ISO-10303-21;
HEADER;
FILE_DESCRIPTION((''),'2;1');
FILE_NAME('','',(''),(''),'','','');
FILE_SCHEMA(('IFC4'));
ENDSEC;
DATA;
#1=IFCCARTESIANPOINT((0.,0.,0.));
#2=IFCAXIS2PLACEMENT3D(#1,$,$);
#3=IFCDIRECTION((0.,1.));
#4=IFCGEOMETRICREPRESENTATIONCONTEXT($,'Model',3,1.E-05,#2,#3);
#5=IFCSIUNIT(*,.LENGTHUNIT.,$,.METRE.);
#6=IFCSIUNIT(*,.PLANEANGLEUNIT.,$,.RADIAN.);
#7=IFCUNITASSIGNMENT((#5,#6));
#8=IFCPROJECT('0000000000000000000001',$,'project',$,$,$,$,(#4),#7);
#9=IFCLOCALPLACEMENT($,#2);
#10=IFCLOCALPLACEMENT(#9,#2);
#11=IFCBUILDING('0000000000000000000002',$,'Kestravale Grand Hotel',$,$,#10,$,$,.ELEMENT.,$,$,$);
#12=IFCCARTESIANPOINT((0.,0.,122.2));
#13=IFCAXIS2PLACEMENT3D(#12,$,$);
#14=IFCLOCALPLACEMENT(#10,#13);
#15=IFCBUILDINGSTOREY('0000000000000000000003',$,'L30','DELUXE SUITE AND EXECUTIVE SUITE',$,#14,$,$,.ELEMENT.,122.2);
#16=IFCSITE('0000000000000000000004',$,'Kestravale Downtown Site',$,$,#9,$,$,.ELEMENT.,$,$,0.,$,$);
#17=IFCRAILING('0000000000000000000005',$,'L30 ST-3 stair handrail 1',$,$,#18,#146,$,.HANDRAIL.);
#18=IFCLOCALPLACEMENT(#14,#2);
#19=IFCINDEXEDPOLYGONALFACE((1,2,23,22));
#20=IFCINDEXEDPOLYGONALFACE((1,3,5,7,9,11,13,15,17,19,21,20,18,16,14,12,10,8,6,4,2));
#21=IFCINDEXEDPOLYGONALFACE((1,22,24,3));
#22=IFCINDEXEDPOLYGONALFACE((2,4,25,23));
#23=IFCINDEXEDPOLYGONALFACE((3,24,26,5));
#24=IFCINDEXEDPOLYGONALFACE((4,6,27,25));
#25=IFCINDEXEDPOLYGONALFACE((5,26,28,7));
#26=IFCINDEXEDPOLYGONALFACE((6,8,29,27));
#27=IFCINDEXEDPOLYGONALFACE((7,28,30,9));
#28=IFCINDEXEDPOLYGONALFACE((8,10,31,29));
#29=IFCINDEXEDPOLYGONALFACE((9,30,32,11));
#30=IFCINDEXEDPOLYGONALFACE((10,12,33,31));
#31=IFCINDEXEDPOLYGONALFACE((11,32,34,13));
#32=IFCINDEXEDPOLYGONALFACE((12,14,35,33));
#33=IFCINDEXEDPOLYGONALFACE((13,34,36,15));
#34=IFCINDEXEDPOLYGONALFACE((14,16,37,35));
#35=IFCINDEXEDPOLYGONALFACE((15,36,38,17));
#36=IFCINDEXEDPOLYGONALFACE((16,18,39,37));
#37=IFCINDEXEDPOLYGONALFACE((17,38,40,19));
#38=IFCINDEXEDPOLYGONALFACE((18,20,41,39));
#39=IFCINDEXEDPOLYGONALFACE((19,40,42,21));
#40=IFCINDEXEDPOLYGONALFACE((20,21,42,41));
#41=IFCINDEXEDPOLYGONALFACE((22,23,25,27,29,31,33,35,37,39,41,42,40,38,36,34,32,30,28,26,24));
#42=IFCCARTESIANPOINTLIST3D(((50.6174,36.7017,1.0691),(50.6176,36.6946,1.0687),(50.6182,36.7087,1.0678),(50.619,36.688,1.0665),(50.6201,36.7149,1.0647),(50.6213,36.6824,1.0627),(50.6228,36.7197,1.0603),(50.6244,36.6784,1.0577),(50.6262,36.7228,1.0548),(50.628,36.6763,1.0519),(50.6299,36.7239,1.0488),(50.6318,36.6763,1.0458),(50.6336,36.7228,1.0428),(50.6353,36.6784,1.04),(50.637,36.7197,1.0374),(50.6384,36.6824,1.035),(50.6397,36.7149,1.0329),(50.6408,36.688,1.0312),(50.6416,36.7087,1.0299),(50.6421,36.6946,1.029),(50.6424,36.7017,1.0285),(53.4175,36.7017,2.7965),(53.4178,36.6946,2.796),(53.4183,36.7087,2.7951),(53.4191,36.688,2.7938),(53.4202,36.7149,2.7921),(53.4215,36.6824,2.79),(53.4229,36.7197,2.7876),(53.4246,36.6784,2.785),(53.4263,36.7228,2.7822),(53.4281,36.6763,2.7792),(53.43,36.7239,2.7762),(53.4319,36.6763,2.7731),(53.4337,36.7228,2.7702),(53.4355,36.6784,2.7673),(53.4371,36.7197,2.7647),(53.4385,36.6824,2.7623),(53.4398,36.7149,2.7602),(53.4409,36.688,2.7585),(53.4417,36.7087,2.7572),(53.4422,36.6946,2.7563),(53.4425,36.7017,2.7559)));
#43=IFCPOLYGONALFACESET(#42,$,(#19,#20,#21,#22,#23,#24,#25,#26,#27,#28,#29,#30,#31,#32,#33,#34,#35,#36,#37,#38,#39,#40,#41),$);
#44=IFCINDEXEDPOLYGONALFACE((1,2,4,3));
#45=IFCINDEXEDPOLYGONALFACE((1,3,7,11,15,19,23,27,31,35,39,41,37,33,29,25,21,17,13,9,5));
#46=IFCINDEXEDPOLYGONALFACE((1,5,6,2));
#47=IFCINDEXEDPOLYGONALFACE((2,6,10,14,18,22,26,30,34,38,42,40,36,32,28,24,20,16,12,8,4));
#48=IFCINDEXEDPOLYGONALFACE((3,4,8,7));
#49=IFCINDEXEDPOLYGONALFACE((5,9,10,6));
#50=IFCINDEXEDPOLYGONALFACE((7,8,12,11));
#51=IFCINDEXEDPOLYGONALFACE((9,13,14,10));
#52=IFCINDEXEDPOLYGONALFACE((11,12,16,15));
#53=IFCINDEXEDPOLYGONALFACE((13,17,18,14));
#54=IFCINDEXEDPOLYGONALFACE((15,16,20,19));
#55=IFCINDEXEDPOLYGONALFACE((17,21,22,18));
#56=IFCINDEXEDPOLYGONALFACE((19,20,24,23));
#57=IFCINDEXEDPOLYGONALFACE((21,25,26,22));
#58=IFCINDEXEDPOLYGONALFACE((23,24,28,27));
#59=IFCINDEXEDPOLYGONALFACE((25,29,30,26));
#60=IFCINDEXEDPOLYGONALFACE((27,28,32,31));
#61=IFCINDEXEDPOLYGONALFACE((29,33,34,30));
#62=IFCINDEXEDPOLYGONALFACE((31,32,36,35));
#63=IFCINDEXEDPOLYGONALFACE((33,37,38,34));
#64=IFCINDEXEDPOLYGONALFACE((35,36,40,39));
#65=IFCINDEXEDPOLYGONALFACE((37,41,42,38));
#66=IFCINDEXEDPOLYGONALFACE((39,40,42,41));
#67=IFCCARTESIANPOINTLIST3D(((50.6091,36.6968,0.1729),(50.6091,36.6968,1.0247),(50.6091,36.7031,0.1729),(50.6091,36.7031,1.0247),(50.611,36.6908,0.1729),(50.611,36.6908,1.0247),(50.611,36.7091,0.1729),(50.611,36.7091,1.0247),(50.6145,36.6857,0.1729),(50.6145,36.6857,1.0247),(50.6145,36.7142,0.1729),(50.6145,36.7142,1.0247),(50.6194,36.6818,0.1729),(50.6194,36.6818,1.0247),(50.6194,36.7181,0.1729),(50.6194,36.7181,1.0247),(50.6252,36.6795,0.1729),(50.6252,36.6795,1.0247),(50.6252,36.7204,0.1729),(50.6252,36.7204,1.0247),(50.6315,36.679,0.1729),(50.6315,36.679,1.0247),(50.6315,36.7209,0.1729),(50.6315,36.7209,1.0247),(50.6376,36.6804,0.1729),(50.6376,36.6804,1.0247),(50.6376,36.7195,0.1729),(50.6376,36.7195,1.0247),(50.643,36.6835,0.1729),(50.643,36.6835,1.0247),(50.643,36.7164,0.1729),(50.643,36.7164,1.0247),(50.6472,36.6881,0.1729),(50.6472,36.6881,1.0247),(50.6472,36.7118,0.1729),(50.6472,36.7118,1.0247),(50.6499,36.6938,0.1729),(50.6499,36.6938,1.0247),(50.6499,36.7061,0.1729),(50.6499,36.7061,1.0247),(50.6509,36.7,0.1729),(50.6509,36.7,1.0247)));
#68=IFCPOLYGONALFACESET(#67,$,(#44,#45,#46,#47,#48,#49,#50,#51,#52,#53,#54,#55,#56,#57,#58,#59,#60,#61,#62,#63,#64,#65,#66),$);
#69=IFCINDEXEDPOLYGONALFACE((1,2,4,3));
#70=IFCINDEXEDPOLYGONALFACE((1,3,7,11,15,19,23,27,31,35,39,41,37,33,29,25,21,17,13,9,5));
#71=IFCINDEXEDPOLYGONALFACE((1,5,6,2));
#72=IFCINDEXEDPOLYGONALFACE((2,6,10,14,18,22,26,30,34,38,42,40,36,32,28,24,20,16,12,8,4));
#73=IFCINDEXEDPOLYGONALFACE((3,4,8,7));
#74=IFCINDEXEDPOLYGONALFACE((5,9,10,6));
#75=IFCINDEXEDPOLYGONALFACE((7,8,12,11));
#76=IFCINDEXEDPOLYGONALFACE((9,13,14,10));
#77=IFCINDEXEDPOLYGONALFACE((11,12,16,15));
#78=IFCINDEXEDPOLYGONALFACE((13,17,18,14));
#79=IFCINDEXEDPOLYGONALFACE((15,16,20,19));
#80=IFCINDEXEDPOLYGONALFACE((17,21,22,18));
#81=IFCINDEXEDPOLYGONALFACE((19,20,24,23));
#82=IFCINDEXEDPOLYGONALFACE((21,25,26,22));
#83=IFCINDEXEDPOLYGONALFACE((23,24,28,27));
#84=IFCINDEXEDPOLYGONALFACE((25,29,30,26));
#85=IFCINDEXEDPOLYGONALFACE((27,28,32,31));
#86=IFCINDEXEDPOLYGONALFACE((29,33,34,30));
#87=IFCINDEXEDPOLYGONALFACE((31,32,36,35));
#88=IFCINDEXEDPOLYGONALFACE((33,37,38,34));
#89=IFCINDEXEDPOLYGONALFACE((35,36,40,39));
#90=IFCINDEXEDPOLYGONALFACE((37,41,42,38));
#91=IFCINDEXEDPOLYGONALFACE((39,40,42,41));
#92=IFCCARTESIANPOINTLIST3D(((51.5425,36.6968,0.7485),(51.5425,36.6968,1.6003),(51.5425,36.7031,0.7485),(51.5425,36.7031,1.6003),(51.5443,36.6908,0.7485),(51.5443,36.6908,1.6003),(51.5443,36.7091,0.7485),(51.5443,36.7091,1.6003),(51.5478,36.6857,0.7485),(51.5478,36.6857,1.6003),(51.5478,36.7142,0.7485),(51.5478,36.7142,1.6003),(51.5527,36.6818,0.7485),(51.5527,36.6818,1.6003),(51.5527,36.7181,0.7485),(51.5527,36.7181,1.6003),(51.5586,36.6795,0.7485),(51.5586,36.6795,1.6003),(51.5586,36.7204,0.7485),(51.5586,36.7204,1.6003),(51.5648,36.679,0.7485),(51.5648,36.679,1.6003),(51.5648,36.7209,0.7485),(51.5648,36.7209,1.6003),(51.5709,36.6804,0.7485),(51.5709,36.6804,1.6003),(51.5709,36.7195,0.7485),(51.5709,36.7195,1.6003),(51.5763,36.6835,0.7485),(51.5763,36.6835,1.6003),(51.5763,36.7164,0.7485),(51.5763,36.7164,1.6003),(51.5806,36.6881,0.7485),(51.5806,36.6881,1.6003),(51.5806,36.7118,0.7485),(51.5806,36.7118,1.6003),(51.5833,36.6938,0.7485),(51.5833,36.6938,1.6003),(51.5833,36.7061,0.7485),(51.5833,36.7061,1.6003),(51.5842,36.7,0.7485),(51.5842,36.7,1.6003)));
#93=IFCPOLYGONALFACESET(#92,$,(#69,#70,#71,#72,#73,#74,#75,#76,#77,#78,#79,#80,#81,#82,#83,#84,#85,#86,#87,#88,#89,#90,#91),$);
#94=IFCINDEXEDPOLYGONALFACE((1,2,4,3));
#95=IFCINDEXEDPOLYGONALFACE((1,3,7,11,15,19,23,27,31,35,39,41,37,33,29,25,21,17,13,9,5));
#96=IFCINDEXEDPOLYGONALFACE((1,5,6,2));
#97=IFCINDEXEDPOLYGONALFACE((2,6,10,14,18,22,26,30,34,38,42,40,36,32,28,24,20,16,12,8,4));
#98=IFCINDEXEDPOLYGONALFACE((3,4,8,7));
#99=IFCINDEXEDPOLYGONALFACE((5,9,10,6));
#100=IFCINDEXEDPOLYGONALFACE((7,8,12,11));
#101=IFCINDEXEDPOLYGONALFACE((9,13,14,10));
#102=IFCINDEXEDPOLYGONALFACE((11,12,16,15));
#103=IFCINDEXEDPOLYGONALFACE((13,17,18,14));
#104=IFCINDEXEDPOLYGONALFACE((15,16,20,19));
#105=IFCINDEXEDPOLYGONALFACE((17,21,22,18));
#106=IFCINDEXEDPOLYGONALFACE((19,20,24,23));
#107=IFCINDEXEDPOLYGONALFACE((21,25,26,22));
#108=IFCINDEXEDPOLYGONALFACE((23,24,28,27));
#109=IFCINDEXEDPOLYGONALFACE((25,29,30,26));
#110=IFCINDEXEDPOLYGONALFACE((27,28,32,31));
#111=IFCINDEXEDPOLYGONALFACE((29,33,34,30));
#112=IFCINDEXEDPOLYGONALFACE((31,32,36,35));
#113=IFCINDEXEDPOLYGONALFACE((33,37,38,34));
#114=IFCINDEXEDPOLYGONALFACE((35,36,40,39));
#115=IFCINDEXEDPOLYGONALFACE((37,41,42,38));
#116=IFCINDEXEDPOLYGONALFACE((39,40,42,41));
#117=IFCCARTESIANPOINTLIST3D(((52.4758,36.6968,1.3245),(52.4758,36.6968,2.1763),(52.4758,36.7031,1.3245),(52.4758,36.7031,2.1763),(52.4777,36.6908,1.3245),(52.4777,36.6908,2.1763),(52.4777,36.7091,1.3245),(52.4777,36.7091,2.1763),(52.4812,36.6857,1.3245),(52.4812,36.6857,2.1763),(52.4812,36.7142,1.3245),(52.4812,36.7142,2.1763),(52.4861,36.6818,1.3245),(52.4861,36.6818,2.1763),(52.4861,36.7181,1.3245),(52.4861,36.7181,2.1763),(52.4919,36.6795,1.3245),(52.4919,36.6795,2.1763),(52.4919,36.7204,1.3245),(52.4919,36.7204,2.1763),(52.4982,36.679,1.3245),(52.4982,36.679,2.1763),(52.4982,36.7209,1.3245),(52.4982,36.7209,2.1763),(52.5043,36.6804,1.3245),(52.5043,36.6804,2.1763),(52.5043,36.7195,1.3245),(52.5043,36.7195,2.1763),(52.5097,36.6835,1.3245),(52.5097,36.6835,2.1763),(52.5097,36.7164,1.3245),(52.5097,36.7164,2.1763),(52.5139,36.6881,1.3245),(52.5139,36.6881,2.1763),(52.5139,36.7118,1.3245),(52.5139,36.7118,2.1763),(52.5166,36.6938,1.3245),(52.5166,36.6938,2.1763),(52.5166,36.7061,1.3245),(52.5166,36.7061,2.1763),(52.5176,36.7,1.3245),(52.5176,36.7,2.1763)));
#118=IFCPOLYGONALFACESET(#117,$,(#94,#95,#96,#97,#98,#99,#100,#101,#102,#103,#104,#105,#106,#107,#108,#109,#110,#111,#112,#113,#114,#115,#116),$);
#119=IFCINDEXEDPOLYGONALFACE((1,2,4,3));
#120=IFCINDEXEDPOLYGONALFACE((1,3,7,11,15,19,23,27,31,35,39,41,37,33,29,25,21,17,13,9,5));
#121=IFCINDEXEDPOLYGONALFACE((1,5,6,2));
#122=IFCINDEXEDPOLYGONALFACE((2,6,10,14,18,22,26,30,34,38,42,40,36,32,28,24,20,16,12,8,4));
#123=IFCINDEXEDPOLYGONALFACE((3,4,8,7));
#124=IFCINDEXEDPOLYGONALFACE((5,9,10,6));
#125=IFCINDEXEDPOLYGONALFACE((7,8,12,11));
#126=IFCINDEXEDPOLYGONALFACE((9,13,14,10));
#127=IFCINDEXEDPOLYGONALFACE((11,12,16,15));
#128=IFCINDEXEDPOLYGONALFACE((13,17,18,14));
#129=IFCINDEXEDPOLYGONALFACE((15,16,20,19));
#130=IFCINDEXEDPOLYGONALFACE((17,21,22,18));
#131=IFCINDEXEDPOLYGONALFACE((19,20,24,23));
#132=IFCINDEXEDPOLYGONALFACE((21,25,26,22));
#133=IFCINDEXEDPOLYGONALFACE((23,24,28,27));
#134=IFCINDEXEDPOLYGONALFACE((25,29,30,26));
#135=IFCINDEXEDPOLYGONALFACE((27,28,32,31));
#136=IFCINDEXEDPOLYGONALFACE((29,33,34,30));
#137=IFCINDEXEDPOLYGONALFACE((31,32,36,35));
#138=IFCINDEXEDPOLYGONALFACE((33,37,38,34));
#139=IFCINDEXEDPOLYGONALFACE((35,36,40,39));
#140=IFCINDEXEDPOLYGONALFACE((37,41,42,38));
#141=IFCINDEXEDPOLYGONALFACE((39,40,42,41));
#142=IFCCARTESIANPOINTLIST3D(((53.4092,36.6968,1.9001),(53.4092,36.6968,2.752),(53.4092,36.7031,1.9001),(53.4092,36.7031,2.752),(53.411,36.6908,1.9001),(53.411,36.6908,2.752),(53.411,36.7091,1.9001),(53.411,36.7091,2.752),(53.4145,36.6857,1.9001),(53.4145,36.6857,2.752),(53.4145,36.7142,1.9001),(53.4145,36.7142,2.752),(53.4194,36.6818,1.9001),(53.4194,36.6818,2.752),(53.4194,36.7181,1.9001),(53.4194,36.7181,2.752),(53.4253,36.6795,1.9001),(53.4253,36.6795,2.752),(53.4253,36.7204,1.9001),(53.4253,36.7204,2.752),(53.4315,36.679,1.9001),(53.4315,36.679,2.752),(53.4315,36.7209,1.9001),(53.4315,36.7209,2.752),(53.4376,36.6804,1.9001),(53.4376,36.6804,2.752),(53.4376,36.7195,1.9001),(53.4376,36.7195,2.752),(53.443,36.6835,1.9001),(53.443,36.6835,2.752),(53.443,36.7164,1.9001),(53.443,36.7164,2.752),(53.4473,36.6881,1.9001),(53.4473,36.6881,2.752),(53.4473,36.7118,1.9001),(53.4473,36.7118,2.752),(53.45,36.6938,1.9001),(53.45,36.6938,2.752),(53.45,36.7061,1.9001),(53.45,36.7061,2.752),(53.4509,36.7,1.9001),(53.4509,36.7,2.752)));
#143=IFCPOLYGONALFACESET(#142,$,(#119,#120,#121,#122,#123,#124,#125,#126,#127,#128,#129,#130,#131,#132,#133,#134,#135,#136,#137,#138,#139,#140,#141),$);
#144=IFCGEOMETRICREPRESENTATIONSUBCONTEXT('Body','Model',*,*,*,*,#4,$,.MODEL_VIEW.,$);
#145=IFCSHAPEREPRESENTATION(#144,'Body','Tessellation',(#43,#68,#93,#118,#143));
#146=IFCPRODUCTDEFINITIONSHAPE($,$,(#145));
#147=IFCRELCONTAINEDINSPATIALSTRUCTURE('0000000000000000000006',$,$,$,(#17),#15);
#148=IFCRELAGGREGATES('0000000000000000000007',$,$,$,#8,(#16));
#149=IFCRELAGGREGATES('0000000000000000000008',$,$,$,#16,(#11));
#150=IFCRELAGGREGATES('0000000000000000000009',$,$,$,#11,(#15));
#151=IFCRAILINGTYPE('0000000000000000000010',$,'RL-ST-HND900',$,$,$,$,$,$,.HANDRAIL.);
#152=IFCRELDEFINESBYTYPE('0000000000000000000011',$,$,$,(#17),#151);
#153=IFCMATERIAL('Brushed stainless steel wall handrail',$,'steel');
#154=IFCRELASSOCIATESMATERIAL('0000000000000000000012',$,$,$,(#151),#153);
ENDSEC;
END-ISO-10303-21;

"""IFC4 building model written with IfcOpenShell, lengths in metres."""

from ifc_helpers import new_model, si_unit, direction, frame, origin, origin_2d, place, context, subcontext, project, spatial, circle, extrude, material, type_object, element, save


model = new_model("IFC4")

# Units and contexts
model_context = context("Model", 3, precision=1e-05, world=origin(), true_north=direction((0.0, 1.0)))
body_context = subcontext(model_context, "Body", "Model", "MODEL_VIEW")
ifc_project = project(units=[si_unit("LENGTHUNIT", "METRE"), si_unit("PLANEANGLEUNIT", "RADIAN")], contexts=[model_context])

# Site, building, storey
site_placement = place(None, origin())
site = spatial("IfcSite", under=ifc_project, at=site_placement, Name="Kestravale Downtown Site", CompositionType="ELEMENT", RefElevation=0.0)
building_placement = place(site_placement, origin())
building = spatial("IfcBuilding", under=site, at=building_placement, Name="Kestravale Grand Hotel", CompositionType="ELEMENT")
storey_placement = place(building_placement, frame((0.0, 0.0, 122.2)))
storey = spatial("IfcBuildingStorey", under=building, at=storey_placement, Name="L30", Description="DELUXE SUITE AND EXECUTIVE SUITE", CompositionType="ELEMENT", Elevation=122.2)

# Railing
ifc_material_1 = material(Name="Brushed stainless steel wall handrail", Category="steel")
railing_type_1 = type_object("IfcRailingType", Name="RL-ST-HND900", PredefinedType="HANDRAIL", material=ifc_material_1)
railing_1_placement = place(storey_placement, frame((50.6299, 36.7, 0.1729)))
element("IfcRailing", 1, at=railing_1_placement, inside=storey, type_object=railing_type_1, Name="L30 ST-3 stair handrail 1", PredefinedType="HANDRAIL", context=body_context, shape_type="SweptSolid", body=[
    extrude(circle(Radius=0.0239, at=origin_2d()), frame((0.0, 0.0, 0.876), z_axis=(0.85109, 0.0, 0.52502), x_axis=(0.0, 1.0, 0.0)), (0.0, 0.0, 1.0), 3.29),
    extrude(circle(Radius=0.021, at=origin_2d()), origin(), (0.0, 0.0, 1.0), 0.8518),
    extrude(circle(Radius=0.021, at=origin_2d()), frame((0.9333, 0.0, 0.5757)), (0.0, 0.0, 1.0), 0.8518),
    extrude(circle(Radius=0.021, at=origin_2d()), frame((1.8667, 0.0, 1.1516)), (0.0, 0.0, 1.0), 0.8518),
    extrude(circle(Radius=0.021, at=origin_2d()), frame((2.8, 0.0, 1.7273)), (0.0, 0.0, 1.0), 0.8518),
])

save(model, "model.ifc")
